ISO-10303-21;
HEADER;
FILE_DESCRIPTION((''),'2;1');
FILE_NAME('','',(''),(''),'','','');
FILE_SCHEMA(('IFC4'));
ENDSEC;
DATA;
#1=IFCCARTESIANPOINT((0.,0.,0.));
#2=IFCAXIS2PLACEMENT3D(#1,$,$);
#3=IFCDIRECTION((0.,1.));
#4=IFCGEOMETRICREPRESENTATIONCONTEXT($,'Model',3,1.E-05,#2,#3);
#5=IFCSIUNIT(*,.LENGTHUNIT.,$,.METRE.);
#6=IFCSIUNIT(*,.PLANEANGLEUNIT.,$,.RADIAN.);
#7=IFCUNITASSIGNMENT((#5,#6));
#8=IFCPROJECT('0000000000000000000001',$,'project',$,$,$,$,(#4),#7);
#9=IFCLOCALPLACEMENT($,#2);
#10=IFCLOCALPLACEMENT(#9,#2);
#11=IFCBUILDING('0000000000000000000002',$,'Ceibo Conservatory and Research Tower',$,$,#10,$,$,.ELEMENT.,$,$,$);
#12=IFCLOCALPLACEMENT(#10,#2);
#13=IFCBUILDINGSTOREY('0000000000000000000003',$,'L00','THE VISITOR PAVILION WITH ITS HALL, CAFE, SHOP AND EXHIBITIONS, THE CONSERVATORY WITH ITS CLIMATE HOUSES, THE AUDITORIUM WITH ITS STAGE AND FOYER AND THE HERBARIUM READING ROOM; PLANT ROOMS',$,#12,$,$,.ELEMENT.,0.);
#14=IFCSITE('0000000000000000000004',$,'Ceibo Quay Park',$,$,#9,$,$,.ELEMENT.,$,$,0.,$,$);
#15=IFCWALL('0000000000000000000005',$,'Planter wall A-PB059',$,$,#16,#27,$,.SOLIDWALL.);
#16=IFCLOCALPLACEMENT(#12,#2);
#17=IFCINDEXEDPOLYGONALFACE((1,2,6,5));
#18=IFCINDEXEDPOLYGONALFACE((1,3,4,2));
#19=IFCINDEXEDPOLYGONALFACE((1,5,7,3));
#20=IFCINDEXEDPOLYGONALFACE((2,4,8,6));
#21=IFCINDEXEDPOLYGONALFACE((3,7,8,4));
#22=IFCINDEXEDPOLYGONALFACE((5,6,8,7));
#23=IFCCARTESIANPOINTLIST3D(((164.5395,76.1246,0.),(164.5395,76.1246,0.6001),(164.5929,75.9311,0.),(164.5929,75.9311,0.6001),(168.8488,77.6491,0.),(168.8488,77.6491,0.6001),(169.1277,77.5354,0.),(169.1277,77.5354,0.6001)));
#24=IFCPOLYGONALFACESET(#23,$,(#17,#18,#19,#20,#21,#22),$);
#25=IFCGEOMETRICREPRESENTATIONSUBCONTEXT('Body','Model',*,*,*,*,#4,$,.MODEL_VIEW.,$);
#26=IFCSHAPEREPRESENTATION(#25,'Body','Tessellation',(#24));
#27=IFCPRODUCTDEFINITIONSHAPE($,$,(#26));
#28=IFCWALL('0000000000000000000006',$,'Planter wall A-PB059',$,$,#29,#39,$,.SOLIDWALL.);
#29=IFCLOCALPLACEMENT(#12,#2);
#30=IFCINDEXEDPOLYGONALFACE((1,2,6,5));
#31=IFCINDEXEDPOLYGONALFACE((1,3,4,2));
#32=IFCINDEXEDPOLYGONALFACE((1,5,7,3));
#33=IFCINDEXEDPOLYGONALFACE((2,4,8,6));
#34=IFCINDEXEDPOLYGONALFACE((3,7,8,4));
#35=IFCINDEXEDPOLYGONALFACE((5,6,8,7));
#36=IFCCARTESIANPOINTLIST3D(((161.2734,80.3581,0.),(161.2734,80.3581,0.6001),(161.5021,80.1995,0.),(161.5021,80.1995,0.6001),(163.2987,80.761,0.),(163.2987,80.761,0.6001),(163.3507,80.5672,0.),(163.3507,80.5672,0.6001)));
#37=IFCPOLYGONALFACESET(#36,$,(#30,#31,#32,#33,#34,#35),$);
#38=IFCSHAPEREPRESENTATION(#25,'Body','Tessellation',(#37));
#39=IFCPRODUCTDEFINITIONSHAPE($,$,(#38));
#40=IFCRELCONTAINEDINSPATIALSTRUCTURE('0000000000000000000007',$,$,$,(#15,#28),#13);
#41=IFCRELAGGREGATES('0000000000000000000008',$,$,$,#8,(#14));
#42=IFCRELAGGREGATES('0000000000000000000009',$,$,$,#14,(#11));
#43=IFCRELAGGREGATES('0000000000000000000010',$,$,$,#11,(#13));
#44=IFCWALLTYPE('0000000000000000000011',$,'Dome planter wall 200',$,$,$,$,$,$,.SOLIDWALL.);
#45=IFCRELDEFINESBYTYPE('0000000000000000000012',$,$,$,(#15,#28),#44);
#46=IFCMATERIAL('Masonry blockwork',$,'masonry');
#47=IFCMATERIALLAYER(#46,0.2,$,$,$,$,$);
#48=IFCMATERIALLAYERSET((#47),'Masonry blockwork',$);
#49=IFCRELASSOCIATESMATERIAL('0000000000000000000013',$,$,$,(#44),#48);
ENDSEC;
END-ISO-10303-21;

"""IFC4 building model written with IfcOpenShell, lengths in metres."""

from ifc_helpers import new_model, si_unit, direction, frame, origin, place, context, subcontext, project, spatial, polyline, outline, extrude, material, layer, layer_set, type_object, element, save


model = new_model("IFC4")

# Units and contexts
model_context = context("Model", 3, precision=1e-05, world=origin(), true_north=direction((0.0, 1.0)))
body_context = subcontext(model_context, "Body", "Model", "MODEL_VIEW")
ifc_project = project(units=[si_unit("LENGTHUNIT", "METRE"), si_unit("PLANEANGLEUNIT", "RADIAN")], contexts=[model_context])

# Site, building, storey
site_placement = place(None, origin())
site = spatial("IfcSite", under=ifc_project, at=site_placement, Name="Ceibo Quay Park", CompositionType="ELEMENT", RefElevation=0.0)
building_placement = place(site_placement, origin())
building = spatial("IfcBuilding", under=site, at=building_placement, Name="Ceibo Conservatory and Research Tower", CompositionType="ELEMENT")
storey_placement = place(building_placement, origin())
storey = spatial("IfcBuildingStorey", under=building, at=storey_placement, Name="L00", Description="THE VISITOR PAVILION WITH ITS HALL, CAFE, SHOP AND EXHIBITIONS, THE CONSERVATORY WITH ITS CLIMATE HOUSES, THE AUDITORIUM WITH ITS STAGE AND FOYER AND THE HERBARIUM READING ROOM; PLANT ROOMS", CompositionType="ELEMENT", Elevation=0.0)

# Walls
ifc_material_1 = material(Name="Masonry blockwork", Category="masonry")
ifc_layer_1 = layer(ifc_material_1, 0.2)
ifc_layer_set_1 = layer_set([ifc_layer_1], Name="Masonry blockwork")
wall_type_1 = type_object("IfcWallType", Name="Dome planter wall 200", PredefinedType="SOLIDWALL", material=ifc_layer_set_1)
wall_1_placement = place(storey_placement, frame((164.5662, 76.0278, 0.0), z_axis=(0.0, 0.0, 1.0), x_axis=(0.942742, 0.333522, 0.0)))
element("IfcWall", 1, at=wall_1_placement, inside=storey, type_object=wall_type_1, Name="Planter wall A-PB059", PredefinedType="SOLIDWALL", context=body_context, shape_type="SweptSolid", body=[
    extrude(outline(polyline([(-0.0071, -0.1001), (4.8032, -0.1001), (4.5781, 0.1001), (0.0071, 0.1001), (-0.0071, -0.1001)])), origin(), (0.0, 0.0, 1.0), 0.6001),
])
wall_2_placement = place(storey_placement, frame((163.3247, 80.6641, 0.0), z_axis=(0.0, 0.0, 1.0), x_axis=(-0.980789, -0.19507, 0.0)))
element("IfcWall", 2, at=wall_2_placement, inside=storey, type_object=wall_type_1, Name="Planter wall A-PB059", PredefinedType="SOLIDWALL", context=body_context, shape_type="SweptSolid", body=[
    extrude(outline(polyline([(0.0066, -0.1001), (2.0715, -0.1001), (1.8782, 0.1001), (-0.0066, 0.1001), (0.0066, -0.1001)])), origin(), (0.0, 0.0, 1.0), 0.6001),
])

save(model, "model.ifc")
